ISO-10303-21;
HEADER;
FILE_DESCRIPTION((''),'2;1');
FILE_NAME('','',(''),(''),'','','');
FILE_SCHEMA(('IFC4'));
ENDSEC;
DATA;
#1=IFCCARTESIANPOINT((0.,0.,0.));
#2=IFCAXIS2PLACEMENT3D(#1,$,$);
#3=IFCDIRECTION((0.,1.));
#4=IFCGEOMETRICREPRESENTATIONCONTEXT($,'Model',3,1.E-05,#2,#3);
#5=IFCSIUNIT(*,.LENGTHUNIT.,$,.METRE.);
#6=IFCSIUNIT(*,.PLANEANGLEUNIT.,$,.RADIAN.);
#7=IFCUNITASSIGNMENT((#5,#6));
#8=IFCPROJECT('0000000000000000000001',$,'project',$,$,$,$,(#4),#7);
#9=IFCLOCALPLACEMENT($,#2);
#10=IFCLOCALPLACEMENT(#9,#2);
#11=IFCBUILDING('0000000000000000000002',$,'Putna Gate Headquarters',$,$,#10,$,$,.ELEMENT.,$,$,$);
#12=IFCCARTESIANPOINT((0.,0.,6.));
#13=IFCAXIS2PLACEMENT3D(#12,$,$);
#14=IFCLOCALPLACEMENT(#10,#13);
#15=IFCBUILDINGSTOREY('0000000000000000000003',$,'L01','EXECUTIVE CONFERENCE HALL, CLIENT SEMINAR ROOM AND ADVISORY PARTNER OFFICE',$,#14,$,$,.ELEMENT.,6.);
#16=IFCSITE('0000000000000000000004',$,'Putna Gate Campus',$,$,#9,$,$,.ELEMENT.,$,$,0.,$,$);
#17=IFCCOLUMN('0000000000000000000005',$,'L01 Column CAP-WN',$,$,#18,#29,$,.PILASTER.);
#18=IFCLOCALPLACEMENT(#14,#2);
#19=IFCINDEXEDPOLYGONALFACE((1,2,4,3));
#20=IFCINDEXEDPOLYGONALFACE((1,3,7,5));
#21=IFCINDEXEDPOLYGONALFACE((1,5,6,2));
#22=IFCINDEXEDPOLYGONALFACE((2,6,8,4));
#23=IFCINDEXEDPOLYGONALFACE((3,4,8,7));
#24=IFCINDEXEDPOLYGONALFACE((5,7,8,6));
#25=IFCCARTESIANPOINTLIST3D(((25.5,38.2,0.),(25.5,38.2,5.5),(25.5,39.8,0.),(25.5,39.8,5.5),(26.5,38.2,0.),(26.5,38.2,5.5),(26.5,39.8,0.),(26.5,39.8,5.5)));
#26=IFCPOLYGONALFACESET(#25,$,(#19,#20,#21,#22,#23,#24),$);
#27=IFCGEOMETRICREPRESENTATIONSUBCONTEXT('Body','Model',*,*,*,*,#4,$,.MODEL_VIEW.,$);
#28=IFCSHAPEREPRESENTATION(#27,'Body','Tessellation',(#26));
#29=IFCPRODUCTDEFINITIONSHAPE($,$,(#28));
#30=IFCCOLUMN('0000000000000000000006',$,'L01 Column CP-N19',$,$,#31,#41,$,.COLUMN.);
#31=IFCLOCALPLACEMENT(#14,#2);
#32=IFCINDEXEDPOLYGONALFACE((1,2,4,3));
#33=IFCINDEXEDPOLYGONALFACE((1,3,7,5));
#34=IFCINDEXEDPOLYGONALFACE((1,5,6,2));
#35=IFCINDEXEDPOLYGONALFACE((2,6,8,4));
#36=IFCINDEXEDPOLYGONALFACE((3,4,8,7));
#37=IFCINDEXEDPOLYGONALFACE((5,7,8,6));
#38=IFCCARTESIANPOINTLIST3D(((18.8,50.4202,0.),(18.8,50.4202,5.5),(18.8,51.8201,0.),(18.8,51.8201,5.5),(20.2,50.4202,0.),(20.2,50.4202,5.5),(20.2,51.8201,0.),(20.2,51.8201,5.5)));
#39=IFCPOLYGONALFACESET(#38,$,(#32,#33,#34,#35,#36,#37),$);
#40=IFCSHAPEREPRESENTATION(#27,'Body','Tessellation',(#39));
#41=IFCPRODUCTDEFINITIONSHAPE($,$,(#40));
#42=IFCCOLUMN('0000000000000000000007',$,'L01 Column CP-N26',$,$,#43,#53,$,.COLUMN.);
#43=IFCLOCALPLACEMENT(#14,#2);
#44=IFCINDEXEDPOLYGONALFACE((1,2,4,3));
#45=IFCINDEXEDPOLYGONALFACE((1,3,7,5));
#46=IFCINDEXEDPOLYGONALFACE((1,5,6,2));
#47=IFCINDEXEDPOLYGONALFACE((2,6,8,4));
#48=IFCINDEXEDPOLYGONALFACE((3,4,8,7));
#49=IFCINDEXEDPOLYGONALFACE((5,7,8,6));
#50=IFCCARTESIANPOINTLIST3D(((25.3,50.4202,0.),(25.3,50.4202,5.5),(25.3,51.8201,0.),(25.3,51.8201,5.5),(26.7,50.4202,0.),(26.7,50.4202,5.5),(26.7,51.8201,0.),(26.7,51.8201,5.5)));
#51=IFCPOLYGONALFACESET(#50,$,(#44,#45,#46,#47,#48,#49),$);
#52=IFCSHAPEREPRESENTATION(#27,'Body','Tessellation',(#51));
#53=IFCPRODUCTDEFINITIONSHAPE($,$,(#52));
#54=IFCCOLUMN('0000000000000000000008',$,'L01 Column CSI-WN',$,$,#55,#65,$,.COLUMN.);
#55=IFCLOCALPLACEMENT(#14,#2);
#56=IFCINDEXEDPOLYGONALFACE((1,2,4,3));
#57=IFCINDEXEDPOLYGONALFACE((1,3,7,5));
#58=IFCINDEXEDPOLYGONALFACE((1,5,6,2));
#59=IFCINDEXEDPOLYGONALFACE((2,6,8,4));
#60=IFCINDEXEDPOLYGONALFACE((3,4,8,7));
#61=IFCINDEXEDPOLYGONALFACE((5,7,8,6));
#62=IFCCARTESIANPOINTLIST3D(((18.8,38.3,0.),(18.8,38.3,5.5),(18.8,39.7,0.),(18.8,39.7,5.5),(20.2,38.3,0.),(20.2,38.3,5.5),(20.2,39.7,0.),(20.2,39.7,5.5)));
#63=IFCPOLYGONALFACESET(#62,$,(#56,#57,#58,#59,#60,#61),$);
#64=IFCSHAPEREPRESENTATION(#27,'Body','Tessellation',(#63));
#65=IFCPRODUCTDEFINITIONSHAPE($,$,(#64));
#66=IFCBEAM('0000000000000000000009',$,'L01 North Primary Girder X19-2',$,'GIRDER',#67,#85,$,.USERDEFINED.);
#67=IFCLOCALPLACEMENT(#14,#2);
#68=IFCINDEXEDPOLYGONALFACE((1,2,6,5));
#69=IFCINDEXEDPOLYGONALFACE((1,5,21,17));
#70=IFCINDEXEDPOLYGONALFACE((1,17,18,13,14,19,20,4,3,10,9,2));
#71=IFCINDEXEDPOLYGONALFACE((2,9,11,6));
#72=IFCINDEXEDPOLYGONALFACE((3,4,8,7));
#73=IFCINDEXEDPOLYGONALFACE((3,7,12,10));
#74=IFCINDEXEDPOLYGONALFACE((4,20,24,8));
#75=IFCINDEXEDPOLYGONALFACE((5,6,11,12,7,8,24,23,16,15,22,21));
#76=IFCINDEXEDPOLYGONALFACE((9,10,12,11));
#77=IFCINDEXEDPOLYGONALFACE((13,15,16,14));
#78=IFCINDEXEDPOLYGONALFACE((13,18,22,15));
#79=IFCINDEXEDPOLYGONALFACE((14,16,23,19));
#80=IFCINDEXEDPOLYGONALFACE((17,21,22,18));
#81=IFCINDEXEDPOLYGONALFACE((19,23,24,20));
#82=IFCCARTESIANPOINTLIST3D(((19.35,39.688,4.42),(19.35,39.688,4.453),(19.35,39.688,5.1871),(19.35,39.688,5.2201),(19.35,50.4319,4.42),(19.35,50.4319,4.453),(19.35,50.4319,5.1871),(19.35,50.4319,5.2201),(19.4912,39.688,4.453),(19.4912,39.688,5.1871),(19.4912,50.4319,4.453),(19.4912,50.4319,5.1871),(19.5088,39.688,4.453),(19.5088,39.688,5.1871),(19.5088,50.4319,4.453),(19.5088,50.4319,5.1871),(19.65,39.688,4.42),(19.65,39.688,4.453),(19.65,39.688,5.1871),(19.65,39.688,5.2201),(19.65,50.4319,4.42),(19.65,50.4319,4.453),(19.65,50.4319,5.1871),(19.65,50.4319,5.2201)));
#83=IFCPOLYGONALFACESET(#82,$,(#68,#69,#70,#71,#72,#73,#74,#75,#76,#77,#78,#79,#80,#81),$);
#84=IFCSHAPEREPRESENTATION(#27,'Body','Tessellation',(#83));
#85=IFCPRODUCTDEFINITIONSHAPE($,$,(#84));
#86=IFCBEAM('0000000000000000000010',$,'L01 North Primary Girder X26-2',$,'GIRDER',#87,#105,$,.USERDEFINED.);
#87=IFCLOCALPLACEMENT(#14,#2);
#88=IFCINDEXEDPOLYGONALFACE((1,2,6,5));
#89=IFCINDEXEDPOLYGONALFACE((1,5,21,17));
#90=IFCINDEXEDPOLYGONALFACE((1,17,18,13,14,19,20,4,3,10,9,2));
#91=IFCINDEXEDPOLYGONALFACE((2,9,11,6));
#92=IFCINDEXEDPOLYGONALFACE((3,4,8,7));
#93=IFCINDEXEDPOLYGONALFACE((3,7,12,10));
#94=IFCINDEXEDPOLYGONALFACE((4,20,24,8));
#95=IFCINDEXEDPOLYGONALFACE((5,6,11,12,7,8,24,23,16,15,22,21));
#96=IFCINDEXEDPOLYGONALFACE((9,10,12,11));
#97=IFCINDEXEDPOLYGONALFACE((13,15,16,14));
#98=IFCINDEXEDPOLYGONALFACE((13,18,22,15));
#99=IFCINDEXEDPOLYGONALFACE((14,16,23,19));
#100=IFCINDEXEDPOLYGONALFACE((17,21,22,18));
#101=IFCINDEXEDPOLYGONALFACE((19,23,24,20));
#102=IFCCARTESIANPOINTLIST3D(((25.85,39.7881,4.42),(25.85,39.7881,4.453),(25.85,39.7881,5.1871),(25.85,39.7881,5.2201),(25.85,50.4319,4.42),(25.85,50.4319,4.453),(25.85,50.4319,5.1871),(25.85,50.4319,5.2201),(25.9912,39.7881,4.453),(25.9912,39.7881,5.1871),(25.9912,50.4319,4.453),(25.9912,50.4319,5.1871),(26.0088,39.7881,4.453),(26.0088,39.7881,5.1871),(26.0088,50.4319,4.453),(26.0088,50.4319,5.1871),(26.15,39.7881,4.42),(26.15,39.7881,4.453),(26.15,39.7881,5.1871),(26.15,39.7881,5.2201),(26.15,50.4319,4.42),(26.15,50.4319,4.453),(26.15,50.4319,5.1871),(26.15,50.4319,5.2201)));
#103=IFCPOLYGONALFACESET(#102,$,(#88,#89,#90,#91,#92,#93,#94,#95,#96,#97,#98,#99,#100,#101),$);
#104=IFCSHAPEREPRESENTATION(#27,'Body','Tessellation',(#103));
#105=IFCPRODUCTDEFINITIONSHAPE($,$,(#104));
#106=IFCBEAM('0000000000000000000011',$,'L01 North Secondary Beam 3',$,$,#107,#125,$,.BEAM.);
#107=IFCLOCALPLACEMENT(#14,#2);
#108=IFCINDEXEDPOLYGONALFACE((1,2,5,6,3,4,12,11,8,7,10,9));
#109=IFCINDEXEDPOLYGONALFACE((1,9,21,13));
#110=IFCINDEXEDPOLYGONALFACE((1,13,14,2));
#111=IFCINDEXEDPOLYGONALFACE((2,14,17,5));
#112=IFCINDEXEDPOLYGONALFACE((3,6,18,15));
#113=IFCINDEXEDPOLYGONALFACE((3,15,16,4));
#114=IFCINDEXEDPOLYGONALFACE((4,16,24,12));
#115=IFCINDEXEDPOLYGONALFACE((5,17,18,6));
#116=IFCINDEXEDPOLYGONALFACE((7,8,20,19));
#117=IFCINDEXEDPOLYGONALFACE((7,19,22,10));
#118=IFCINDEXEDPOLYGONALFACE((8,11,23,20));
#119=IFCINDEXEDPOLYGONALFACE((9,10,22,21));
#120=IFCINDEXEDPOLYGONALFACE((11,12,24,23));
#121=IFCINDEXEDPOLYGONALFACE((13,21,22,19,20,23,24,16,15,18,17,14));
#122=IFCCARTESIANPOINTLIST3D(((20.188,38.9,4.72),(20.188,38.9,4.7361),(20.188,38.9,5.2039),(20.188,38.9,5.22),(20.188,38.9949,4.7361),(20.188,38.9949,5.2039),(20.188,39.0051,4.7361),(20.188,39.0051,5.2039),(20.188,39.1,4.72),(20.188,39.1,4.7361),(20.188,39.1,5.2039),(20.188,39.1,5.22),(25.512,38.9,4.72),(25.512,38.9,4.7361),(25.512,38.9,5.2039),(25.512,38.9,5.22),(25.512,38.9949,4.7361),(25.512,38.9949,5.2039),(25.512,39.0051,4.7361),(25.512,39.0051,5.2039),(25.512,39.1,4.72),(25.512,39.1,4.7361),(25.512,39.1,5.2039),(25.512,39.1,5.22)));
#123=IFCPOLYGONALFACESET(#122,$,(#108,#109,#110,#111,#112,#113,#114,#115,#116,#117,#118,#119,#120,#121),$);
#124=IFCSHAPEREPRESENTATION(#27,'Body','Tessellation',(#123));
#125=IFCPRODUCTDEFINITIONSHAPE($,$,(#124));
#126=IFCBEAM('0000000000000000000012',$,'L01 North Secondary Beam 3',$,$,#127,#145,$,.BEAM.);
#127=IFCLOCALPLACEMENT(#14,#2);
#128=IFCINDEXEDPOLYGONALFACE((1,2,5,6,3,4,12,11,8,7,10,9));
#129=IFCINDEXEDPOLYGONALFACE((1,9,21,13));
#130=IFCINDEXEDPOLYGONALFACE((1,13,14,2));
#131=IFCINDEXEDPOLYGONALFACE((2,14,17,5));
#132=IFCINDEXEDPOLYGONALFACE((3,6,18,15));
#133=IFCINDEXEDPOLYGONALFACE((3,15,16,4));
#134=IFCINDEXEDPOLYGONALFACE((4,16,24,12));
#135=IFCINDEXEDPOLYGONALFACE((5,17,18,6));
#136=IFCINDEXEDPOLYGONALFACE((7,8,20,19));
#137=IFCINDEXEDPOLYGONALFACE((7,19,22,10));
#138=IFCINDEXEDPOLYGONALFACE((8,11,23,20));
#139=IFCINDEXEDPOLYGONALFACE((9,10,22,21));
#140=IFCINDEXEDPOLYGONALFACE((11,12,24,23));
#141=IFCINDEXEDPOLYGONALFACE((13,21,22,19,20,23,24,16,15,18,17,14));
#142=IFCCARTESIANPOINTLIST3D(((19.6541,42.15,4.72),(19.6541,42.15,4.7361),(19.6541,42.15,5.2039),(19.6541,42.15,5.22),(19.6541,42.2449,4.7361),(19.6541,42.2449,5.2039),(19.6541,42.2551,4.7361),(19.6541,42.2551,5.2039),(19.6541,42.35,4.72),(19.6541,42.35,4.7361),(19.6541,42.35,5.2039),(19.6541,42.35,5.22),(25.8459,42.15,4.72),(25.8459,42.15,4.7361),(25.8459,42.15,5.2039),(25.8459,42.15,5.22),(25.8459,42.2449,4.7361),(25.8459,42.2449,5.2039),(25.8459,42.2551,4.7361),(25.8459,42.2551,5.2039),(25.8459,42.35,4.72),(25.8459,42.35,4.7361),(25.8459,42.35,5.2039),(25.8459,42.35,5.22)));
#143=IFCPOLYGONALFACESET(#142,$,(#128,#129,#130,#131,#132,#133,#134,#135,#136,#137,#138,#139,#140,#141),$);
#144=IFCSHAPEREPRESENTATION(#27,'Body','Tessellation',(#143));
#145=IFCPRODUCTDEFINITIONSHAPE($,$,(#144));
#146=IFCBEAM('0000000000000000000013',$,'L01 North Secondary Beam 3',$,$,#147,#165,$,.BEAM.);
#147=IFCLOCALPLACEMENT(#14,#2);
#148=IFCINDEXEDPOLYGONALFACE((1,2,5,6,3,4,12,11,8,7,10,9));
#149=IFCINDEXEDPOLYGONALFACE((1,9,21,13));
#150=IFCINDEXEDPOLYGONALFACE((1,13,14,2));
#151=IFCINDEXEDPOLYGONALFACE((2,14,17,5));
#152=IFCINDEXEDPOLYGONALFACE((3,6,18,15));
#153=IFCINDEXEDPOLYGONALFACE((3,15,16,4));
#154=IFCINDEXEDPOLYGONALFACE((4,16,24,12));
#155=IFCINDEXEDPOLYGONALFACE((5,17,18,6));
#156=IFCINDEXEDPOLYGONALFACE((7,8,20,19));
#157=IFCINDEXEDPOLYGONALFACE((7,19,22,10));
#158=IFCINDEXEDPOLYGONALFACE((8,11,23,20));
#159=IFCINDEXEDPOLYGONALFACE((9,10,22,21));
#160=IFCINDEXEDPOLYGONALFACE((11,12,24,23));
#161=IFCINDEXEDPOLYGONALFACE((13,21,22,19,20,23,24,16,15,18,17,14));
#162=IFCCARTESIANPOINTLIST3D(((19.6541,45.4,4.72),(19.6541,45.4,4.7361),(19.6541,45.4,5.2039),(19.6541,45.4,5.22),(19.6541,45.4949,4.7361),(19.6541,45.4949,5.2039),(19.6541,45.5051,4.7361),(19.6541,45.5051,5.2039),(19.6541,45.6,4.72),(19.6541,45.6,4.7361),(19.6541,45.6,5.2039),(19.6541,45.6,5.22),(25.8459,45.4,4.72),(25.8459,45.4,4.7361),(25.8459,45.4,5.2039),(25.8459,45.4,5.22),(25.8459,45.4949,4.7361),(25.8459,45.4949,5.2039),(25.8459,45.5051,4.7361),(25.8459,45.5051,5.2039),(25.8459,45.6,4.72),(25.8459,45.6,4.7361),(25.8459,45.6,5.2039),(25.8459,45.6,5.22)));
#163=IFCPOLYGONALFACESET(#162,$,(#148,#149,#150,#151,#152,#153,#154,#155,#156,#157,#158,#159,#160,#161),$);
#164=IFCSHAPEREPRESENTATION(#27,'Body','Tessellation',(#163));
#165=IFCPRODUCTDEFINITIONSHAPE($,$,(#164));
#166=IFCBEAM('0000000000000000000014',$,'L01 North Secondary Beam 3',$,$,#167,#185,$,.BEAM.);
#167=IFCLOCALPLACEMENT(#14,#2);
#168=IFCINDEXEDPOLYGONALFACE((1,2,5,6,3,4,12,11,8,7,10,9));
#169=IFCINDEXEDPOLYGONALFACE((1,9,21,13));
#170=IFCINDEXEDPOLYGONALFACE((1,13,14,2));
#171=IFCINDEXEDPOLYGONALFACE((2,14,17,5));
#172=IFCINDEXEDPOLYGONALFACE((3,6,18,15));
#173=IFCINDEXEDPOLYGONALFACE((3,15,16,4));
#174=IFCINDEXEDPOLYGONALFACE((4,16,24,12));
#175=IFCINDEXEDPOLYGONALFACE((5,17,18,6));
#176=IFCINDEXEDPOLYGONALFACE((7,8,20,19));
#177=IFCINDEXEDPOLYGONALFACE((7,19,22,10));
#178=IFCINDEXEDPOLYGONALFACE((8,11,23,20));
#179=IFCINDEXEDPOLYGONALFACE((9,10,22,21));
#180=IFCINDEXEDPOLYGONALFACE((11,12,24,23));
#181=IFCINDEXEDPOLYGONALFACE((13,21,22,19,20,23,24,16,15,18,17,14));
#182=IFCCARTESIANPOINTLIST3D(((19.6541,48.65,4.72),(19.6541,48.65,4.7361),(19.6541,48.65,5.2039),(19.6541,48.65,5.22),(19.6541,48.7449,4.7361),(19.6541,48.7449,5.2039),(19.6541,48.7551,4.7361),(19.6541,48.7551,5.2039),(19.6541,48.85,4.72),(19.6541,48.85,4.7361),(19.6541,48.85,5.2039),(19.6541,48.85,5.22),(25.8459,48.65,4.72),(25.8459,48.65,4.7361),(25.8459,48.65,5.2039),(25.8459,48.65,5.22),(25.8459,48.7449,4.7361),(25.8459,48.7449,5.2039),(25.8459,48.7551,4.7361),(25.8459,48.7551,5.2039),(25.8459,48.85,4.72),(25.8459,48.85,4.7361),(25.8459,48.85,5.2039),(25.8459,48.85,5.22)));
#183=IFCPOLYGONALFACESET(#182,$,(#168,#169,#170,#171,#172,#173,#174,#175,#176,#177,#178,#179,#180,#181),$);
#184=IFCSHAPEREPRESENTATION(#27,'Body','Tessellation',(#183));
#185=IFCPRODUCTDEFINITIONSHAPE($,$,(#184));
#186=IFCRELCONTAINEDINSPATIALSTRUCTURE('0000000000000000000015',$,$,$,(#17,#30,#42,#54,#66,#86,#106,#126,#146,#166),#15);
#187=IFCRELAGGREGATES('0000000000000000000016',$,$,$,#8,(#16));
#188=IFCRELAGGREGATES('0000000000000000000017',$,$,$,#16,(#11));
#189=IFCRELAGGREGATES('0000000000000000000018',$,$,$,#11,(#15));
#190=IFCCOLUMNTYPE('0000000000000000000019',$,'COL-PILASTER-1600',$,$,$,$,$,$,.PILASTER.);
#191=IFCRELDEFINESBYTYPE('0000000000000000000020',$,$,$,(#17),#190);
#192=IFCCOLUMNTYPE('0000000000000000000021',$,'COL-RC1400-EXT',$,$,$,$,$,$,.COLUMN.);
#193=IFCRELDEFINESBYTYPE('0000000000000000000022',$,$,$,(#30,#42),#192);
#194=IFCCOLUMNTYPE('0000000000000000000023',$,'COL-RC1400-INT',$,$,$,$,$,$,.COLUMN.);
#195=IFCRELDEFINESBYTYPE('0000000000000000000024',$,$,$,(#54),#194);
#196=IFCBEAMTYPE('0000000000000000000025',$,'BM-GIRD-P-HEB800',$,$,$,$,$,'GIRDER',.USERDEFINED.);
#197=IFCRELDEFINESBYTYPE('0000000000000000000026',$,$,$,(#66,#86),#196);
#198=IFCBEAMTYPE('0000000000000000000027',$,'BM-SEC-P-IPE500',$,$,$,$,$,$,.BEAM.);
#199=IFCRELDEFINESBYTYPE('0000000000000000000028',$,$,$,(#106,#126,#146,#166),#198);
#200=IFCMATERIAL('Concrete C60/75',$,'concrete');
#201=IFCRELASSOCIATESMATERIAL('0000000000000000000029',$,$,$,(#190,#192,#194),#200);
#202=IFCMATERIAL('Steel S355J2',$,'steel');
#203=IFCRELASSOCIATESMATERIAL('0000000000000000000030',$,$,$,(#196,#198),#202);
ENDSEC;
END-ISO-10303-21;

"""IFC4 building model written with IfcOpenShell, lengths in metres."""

from ifc_helpers import new_model, si_unit, direction, frame, origin, origin_2d, place, context, subcontext, project, spatial, rectangle, i_section, extrude, material, material_profile, profile_set, type_object, element, save


model = new_model("IFC4")

# Units and contexts
model_context = context("Model", 3, precision=1e-05, world=origin(), true_north=direction((0.0, 1.0)))
body_context = subcontext(model_context, "Body", "Model", "MODEL_VIEW")
ifc_project = project(units=[si_unit("LENGTHUNIT", "METRE"), si_unit("PLANEANGLEUNIT", "RADIAN")], contexts=[model_context])

# Site, building, storey
site_placement = place(None, origin())
site = spatial("IfcSite", under=ifc_project, at=site_placement, Name="Putna Gate Campus", CompositionType="ELEMENT", RefElevation=0.0)
building_placement = place(site_placement, origin())
building = spatial("IfcBuilding", under=site, at=building_placement, Name="Putna Gate Headquarters", CompositionType="ELEMENT")
storey_placement = place(building_placement, frame((0.0, 0.0, 6.0)))
storey = spatial("IfcBuildingStorey", under=building, at=storey_placement, Name="L01", Description="EXECUTIVE CONFERENCE HALL, CLIENT SEMINAR ROOM AND ADVISORY PARTNER OFFICE", CompositionType="ELEMENT", Elevation=6.0)

# Columns
ifc_material_1 = material(Name="Concrete C60/75", Category="concrete")
ifc_material_profile_1 = material_profile(ifc_material_1, rectangle(XDim=1.0, YDim=1.6001, at=origin_2d()), Name="Concrete C60/75")
ifc_profile_set_1 = profile_set([ifc_material_profile_1], Name="Concrete C60/75")
column_type_1 = type_object("IfcColumnType", Name="COL-PILASTER-1600", PredefinedType="PILASTER", material=ifc_profile_set_1)
column_1_placement = place(storey_placement, frame((26.0, 39.0, 0.0), z_axis=(0.0, 0.0, 1.0), x_axis=(1.0, 0.0, 0.0)))
element("IfcColumn", 1, at=column_1_placement, inside=storey, type_object=column_type_1, Name="L01 Column CAP-WN", PredefinedType="PILASTER", context=body_context, shape_type="SweptSolid", body=[
    extrude(rectangle(XDim=1.0, YDim=1.6001, at=origin_2d()), origin(), (0.0, 0.0, 1.0), 5.5),
])
ifc_material_profile_2 = material_profile(ifc_material_1, rectangle(XDim=1.3999, YDim=1.3999, at=origin_2d()), Name="Concrete C60/75")
ifc_profile_set_2 = profile_set([ifc_material_profile_2], Name="Concrete C60/75")
column_type_2 = type_object("IfcColumnType", Name="COL-RC1400-EXT", PredefinedType="COLUMN", material=ifc_profile_set_2)
for number, where, z_axis, x_axis, name in (
    (2, (19.5, 51.1201, 0.0), (0.0, 0.0, 1.0), (1.0, 0.0, 0.0), "L01 Column CP-N19"),
    (3, (26.0, 51.1201, 0.0), (0.0, 0.0, 1.0), (1.0, 0.0, 0.0), "L01 Column CP-N26"),
):
    element("IfcColumn", number, at=place(storey_placement, frame(where, z_axis=z_axis, x_axis=x_axis)), inside=storey, type_object=column_type_2, Name=name, PredefinedType="COLUMN", context=body_context, shape_type="SweptSolid", body=[
        extrude(rectangle(XDim=1.3999, YDim=1.3999, at=origin_2d()), origin(), (0.0, 0.0, 1.0), 5.5),
    ])
ifc_material_profile_3 = material_profile(ifc_material_1, rectangle(XDim=1.3999, YDim=1.3999, at=origin_2d()), Name="Concrete C60/75")
ifc_profile_set_3 = profile_set([ifc_material_profile_3], Name="Concrete C60/75")
column_type_3 = type_object("IfcColumnType", Name="COL-RC1400-INT", PredefinedType="COLUMN", material=ifc_profile_set_3)
column_2_placement = place(storey_placement, frame((19.5, 39.0, 0.0), z_axis=(0.0, 0.0, 1.0), x_axis=(1.0, 0.0, 0.0)))
element("IfcColumn", 4, at=column_2_placement, inside=storey, type_object=column_type_3, Name="L01 Column CSI-WN", PredefinedType="COLUMN", context=body_context, shape_type="SweptSolid", body=[
    extrude(rectangle(XDim=1.3999, YDim=1.3999, at=origin_2d()), origin(), (0.0, 0.0, 1.0), 5.5),
])

# Beams
ifc_material_2 = material(Name="Steel S355J2", Category="steel")
ifc_material_profile_4 = material_profile(ifc_material_2, i_section(OverallWidth=0.3, OverallDepth=0.8, WebThickness=0.0176, FlangeThickness=0.033, at=origin_2d()), Name="Steel S355J2")
ifc_profile_set_4 = profile_set([ifc_material_profile_4], Name="Steel S355J2")
beam_type_1 = type_object("IfcBeamType", Name="BM-GIRD-P-HEB800", ElementType="GIRDER", PredefinedType="USERDEFINED", material=ifc_profile_set_4)
beam_1_placement = place(storey_placement, frame((19.5, 39.688, 4.8201), z_axis=(0.0, 1.0, 0.0), x_axis=(-1.0, 0.0, 0.0)))
element("IfcBeam", 5, at=beam_1_placement, inside=storey, type_object=beam_type_1, Name="L01 North Primary Girder X19-2", ObjectType="GIRDER", PredefinedType="USERDEFINED", context=body_context, shape_type="SweptSolid", body=[
    extrude(i_section(OverallWidth=0.3, OverallDepth=0.8, WebThickness=0.0176, FlangeThickness=0.033, at=origin_2d()), origin(), (0.0, 0.0, 1.0), 10.7439),
])
beam_2_placement = place(storey_placement, frame((26.0, 39.7881, 4.8201), z_axis=(0.0, 1.0, 0.0), x_axis=(-1.0, 0.0, 0.0)))
element("IfcBeam", 6, at=beam_2_placement, inside=storey, type_object=beam_type_1, Name="L01 North Primary Girder X26-2", ObjectType="GIRDER", PredefinedType="USERDEFINED", context=body_context, shape_type="SweptSolid", body=[
    extrude(i_section(OverallWidth=0.3, OverallDepth=0.8, WebThickness=0.0176, FlangeThickness=0.033, at=origin_2d()), origin(), (0.0, 0.0, 1.0), 10.6438),
])
ifc_material_profile_5 = material_profile(ifc_material_2, i_section(OverallWidth=0.2, OverallDepth=0.5, WebThickness=0.0103, FlangeThickness=0.0161, at=origin_2d()), Name="Steel S355J2")
ifc_profile_set_5 = profile_set([ifc_material_profile_5], Name="Steel S355J2")
beam_type_2 = type_object("IfcBeamType", Name="BM-SEC-P-IPE500", PredefinedType="BEAM", material=ifc_profile_set_5)
beam_3_placement = place(storey_placement, frame((20.188, 39.0, 4.97), z_axis=(1.0, 0.0, 0.0), x_axis=(0.0, 1.0, 0.0)))
element("IfcBeam", 7, at=beam_3_placement, inside=storey, type_object=beam_type_2, Name="L01 North Secondary Beam 3", PredefinedType="BEAM", context=body_context, shape_type="SweptSolid", body=[
    extrude(i_section(OverallWidth=0.2, OverallDepth=0.5, WebThickness=0.0103, FlangeThickness=0.0161, at=origin_2d()), origin(), (0.0, 0.0, 1.0), 5.324),
])
for number, where, z_axis, x_axis, name in (
    (8, (19.6541, 42.25, 4.97), (1.0, 0.0, 0.0), (0.0, 1.0, 0.0), "L01 North Secondary Beam 3"),
    (9, (19.6541, 45.5, 4.97), (1.0, 0.0, 0.0), (0.0, 1.0, 0.0), "L01 North Secondary Beam 3"),
    (10, (19.6541, 48.75, 4.97), (1.0, 0.0, 0.0), (0.0, 1.0, 0.0), "L01 North Secondary Beam 3"),
):
    element("IfcBeam", number, at=place(storey_placement, frame(where, z_axis=z_axis, x_axis=x_axis)), inside=storey, type_object=beam_type_2, Name=name, PredefinedType="BEAM", context=body_context, shape_type="SweptSolid", body=[
        extrude(i_section(OverallWidth=0.2, OverallDepth=0.5, WebThickness=0.0103, FlangeThickness=0.0161, at=origin_2d()), origin(), (0.0, 0.0, 1.0), 6.1919),
    ])

save(model, "model.ifc")
